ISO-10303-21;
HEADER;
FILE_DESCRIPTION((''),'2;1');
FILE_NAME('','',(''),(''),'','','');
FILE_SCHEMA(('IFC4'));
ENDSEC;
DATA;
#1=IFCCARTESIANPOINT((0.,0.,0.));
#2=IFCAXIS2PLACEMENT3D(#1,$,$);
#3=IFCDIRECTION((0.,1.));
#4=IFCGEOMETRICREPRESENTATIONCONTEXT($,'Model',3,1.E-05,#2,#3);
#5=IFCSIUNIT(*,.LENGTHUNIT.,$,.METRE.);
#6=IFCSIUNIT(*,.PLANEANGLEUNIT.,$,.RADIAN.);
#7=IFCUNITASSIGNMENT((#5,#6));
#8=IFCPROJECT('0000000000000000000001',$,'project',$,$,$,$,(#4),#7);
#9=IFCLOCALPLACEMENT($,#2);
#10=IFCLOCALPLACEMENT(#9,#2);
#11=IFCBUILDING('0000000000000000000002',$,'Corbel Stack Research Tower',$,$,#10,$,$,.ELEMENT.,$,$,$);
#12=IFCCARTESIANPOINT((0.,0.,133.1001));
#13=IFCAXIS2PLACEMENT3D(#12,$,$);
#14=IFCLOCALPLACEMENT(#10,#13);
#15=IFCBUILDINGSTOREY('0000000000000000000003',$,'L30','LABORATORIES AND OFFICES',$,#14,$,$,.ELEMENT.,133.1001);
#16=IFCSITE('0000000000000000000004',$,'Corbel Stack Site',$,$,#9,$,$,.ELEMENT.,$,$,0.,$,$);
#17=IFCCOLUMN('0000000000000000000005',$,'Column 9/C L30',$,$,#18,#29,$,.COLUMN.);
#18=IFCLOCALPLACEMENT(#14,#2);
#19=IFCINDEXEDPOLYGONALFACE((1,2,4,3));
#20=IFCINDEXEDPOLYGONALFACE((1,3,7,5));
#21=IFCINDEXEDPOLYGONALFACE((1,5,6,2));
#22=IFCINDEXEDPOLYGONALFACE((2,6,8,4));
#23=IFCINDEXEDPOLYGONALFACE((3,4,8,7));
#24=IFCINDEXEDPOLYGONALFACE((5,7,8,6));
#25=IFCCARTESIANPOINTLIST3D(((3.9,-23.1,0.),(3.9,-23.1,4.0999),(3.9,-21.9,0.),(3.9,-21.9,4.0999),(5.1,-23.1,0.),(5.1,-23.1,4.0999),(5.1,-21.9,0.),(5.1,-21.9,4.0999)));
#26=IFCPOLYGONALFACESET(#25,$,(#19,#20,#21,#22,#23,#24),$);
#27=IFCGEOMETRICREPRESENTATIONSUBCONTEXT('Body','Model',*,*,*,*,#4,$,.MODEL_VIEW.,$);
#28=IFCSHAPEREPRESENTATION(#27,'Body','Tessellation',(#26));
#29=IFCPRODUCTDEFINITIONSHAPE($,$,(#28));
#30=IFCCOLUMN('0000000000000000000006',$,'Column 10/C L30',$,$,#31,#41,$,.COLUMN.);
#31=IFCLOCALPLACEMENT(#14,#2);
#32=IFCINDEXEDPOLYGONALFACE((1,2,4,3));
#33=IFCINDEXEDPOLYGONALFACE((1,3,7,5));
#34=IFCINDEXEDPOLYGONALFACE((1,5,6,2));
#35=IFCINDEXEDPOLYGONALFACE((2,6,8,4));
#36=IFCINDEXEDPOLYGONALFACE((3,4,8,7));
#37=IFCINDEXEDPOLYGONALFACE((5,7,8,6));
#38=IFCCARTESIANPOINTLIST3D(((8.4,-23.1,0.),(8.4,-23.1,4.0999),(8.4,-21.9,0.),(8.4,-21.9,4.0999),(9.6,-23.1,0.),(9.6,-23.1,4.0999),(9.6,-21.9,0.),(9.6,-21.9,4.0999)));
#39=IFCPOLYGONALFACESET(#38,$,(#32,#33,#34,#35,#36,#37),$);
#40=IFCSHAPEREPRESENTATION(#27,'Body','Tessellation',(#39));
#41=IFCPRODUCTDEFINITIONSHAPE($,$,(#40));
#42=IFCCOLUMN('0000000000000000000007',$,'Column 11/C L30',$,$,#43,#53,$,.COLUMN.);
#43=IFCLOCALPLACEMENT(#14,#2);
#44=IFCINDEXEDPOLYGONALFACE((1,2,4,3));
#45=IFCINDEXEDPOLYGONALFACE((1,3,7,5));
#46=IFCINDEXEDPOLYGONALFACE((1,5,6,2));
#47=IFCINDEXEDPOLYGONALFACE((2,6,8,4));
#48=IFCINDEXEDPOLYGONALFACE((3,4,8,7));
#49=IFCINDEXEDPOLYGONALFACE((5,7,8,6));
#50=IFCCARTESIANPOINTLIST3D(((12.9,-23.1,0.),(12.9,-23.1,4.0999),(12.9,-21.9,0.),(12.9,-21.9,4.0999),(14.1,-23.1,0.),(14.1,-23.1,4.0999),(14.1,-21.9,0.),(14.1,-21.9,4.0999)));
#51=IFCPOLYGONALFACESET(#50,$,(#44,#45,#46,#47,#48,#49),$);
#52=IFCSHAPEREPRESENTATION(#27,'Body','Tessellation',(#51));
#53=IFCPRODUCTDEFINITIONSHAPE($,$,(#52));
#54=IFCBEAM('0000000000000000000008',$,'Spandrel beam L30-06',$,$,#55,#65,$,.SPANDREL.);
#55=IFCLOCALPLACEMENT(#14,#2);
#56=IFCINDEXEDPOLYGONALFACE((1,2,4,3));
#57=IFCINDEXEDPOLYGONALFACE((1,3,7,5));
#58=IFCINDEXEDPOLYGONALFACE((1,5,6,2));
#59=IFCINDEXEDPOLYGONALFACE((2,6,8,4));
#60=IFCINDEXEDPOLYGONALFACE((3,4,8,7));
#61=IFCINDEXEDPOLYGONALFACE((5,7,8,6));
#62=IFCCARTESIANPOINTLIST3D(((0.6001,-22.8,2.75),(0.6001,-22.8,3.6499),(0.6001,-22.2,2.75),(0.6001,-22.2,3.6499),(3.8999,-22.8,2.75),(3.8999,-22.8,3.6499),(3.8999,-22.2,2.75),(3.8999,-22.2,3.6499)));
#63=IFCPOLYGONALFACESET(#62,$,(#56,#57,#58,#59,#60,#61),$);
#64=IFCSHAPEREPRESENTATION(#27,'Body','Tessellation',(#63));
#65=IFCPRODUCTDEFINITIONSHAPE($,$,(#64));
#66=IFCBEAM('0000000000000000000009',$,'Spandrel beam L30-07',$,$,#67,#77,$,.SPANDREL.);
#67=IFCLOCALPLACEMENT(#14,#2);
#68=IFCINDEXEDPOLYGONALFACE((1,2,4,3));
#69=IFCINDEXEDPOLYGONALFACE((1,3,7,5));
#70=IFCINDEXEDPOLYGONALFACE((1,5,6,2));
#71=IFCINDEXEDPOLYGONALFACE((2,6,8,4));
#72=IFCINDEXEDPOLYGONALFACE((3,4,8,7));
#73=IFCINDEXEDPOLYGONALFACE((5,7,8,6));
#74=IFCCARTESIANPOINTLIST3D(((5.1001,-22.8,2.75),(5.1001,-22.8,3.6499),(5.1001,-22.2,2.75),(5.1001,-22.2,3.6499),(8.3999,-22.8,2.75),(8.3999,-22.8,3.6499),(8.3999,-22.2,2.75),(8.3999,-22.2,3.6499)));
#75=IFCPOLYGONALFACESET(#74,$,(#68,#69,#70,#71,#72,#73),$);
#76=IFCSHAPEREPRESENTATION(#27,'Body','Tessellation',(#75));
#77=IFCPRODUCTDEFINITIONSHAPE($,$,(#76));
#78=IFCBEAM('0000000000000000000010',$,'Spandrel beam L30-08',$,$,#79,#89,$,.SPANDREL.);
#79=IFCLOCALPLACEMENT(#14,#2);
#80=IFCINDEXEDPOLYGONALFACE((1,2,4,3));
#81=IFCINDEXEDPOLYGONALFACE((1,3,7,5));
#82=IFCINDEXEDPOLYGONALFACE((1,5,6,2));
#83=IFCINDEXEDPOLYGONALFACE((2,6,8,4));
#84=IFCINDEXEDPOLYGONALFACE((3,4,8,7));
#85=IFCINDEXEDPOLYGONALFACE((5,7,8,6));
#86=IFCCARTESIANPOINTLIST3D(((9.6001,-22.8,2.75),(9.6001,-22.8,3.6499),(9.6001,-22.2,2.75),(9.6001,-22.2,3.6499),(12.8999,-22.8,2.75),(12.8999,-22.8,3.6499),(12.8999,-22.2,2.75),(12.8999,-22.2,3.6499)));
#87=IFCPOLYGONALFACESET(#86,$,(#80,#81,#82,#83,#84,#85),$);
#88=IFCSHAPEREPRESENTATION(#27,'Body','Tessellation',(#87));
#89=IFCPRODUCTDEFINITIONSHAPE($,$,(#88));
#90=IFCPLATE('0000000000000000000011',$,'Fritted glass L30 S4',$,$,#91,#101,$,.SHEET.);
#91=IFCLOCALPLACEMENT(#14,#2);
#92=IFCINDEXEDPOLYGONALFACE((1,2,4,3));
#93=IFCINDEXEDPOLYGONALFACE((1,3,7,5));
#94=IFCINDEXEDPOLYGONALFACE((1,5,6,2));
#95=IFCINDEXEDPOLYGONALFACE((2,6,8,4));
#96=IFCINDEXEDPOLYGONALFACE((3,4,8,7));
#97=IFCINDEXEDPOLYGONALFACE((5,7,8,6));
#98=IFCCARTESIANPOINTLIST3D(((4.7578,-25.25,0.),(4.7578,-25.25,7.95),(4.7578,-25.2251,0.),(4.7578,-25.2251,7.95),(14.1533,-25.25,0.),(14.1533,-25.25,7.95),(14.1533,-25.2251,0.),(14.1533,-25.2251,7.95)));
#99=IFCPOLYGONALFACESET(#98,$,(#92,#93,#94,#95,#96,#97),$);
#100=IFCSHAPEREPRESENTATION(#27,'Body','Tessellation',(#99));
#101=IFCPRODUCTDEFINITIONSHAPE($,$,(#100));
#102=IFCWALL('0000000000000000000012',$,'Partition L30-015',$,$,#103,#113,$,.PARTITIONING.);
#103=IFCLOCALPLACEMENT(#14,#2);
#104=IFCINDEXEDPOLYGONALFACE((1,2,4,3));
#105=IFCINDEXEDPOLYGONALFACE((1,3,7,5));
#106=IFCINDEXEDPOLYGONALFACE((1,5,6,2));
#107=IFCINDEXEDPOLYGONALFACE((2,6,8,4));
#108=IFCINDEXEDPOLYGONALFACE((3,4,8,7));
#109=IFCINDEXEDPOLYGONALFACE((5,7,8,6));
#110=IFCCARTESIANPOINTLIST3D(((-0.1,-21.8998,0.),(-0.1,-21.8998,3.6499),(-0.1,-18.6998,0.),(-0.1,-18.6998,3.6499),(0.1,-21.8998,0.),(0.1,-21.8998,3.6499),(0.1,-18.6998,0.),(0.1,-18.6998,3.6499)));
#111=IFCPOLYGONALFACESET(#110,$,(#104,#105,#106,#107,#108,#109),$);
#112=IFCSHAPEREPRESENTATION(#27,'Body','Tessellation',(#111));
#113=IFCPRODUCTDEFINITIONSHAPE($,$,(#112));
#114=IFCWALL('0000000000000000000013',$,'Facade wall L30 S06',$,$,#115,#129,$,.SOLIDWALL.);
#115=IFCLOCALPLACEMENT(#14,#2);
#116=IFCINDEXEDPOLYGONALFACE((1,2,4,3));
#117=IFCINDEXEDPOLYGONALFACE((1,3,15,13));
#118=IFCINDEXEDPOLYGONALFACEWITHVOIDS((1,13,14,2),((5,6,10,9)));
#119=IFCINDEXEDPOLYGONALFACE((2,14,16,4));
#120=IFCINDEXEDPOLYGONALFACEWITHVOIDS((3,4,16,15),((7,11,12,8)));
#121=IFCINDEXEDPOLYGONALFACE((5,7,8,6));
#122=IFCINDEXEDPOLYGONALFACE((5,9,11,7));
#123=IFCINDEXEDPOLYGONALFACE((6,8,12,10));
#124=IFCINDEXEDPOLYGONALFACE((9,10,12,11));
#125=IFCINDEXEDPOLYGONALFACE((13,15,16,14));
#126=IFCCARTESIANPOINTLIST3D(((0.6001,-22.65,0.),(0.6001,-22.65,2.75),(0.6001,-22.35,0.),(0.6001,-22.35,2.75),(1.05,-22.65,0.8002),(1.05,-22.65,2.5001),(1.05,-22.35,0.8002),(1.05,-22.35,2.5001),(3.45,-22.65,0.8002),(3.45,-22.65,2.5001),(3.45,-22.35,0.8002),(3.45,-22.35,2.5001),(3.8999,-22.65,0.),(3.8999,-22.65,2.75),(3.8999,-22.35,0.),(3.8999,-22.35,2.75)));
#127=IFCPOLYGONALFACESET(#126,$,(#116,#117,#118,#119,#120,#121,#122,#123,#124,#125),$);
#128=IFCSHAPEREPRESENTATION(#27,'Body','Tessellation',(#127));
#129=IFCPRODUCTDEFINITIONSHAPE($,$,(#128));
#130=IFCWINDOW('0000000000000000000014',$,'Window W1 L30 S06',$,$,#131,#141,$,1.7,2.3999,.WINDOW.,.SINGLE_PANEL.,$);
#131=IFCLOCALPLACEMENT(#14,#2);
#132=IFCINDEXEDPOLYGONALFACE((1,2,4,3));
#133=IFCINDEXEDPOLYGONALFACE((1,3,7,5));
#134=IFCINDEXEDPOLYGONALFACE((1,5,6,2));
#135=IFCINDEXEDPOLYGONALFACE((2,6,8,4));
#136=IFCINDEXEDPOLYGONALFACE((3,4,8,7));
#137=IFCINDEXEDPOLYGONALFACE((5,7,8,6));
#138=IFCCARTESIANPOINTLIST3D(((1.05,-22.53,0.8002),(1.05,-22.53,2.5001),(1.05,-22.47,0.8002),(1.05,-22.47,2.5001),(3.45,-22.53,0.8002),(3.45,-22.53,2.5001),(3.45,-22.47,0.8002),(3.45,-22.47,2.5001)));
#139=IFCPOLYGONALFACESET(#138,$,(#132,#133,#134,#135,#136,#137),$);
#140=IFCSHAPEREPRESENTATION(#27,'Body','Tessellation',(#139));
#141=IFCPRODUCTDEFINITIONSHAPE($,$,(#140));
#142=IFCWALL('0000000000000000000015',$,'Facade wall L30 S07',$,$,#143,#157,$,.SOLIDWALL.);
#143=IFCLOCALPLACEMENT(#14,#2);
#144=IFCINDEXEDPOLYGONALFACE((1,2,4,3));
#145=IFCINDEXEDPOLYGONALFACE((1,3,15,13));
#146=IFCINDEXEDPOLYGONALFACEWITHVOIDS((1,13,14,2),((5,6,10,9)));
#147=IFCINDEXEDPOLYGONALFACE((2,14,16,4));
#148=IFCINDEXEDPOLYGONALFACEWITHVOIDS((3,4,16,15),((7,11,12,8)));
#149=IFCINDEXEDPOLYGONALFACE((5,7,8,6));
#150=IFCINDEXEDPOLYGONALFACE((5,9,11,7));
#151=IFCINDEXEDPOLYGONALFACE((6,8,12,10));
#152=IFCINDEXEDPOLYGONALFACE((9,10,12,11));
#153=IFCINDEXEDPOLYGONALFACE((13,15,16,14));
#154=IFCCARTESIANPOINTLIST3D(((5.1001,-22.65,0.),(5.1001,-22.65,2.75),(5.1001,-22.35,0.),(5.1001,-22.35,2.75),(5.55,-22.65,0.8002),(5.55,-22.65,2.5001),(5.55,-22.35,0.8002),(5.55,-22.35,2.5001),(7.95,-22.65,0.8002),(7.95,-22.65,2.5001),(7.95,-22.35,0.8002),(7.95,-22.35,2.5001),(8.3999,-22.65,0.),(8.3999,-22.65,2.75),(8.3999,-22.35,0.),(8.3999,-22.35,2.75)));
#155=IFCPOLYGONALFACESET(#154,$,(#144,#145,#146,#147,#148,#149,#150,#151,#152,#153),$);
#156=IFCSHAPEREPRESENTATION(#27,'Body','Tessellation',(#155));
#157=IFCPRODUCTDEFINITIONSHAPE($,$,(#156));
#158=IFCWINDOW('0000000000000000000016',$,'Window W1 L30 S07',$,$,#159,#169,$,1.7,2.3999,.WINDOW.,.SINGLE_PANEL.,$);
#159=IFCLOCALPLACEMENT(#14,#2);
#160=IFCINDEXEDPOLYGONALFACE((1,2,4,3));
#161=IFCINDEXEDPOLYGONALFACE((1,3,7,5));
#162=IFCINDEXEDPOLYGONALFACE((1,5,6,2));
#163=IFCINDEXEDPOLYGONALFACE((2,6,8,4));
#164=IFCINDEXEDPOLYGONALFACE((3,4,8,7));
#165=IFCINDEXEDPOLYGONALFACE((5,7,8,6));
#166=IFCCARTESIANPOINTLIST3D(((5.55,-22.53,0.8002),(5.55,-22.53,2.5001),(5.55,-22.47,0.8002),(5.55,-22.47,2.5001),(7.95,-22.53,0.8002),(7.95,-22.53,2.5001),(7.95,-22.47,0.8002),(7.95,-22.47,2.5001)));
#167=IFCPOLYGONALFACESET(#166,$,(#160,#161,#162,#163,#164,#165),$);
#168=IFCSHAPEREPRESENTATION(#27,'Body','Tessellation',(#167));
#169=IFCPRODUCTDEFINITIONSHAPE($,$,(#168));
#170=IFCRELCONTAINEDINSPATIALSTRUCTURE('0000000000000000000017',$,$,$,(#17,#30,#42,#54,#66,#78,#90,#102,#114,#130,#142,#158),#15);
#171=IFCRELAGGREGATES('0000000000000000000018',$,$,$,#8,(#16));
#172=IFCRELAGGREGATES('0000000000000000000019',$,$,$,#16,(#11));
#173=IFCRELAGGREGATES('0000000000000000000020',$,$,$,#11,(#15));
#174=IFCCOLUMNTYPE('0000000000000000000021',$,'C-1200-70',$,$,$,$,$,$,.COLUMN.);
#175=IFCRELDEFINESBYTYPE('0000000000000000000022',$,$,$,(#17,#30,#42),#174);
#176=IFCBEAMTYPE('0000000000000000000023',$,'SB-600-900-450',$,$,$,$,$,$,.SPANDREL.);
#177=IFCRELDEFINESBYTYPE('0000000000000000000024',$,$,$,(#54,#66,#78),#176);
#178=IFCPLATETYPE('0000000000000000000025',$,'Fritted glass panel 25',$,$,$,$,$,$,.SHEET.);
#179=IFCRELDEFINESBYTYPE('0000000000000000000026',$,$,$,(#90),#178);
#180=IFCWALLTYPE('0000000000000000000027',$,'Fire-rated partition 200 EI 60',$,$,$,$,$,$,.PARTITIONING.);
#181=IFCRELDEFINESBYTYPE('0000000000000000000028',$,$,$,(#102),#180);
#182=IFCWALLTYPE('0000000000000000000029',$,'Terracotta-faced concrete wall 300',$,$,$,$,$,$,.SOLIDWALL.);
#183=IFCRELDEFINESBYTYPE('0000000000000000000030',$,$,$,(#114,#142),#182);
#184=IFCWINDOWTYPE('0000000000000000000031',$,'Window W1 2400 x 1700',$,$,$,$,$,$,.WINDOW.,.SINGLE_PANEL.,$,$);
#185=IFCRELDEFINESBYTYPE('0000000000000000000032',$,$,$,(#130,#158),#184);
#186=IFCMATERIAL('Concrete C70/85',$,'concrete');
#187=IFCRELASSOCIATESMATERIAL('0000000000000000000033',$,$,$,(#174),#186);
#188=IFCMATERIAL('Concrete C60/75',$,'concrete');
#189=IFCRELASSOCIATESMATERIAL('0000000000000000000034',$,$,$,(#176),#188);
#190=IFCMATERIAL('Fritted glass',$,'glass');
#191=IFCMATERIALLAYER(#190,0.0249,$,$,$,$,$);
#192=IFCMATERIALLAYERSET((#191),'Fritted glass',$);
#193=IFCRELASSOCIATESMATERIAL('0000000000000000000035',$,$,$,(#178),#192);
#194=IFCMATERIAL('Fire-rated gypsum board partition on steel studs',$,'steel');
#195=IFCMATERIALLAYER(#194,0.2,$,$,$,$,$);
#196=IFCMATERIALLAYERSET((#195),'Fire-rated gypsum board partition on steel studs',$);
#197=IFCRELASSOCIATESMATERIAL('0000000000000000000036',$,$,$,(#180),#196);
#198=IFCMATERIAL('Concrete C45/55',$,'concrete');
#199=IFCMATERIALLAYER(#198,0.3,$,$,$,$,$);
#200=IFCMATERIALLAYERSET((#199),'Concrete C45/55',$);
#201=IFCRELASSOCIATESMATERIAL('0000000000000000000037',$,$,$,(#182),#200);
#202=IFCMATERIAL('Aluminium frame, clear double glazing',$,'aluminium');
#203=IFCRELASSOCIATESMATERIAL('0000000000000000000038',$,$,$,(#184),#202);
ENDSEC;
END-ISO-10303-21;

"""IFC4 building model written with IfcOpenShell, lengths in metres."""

from ifc_helpers import new_model, si_unit, direction, frame, frame_2d, origin, origin_2d, place, context, subcontext, project, spatial, rectangle, extrude, material, layer, layer_set, material_profile, profile_set, type_object, element, fill, save


model = new_model("IFC4")

# Units and contexts
model_context = context("Model", 3, precision=1e-05, world=origin(), true_north=direction((0.0, 1.0)))
body_context = subcontext(model_context, "Body", "Model", "MODEL_VIEW")
ifc_project = project(units=[si_unit("LENGTHUNIT", "METRE"), si_unit("PLANEANGLEUNIT", "RADIAN")], contexts=[model_context])

# Site, building, storey
site_placement = place(None, origin())
site = spatial("IfcSite", under=ifc_project, at=site_placement, Name="Corbel Stack Site", CompositionType="ELEMENT", RefElevation=0.0)
building_placement = place(site_placement, origin())
building = spatial("IfcBuilding", under=site, at=building_placement, Name="Corbel Stack Research Tower", CompositionType="ELEMENT")
storey_placement = place(building_placement, frame((0.0, 0.0, 133.1001)))
storey = spatial("IfcBuildingStorey", under=building, at=storey_placement, Name="L30", Description="LABORATORIES AND OFFICES", CompositionType="ELEMENT", Elevation=133.1001)

# Columns
ifc_material_1 = material(Name="Concrete C70/85", Category="concrete")
ifc_material_profile_1 = material_profile(ifc_material_1, rectangle(XDim=1.2, YDim=1.2, at=origin_2d()), Name="RC 1200 x 1200")
ifc_profile_set_1 = profile_set([ifc_material_profile_1], Name="Concrete C70/85")
column_type = type_object("IfcColumnType", Name="C-1200-70", PredefinedType="COLUMN", material=ifc_profile_set_1)
for number, where, z_axis, x_axis, name in (
    (1, (4.5, -22.5, 0.0), (0.0, 0.0, 1.0), (1.0, 0.0, 0.0), "Column 9/C L30"),
    (2, (9.0, -22.5, 0.0), (0.0, 0.0, 1.0), (1.0, 0.0, 0.0), "Column 10/C L30"),
    (3, (13.5, -22.5, 0.0), (0.0, 0.0, 1.0), (1.0, 0.0, 0.0), "Column 11/C L30"),
):
    element("IfcColumn", number, at=place(storey_placement, frame(where, z_axis=z_axis, x_axis=x_axis)), inside=storey, type_object=column_type, Name=name, PredefinedType="COLUMN", context=body_context, shape_type="SweptSolid", body=[
        extrude(rectangle(XDim=1.2, YDim=1.2, at=origin_2d()), origin(), (0.0, 0.0, 1.0), 4.0999),
    ])

# Beams
ifc_material_2 = material(Name="Concrete C60/75", Category="concrete")
ifc_material_profile_2 = material_profile(ifc_material_2, rectangle(XDim=0.6001, YDim=0.8999, at=origin_2d()), Name="RC 600 x 900")
ifc_profile_set_2 = profile_set([ifc_material_profile_2], Name="Concrete C60/75")
beam_type = type_object("IfcBeamType", Name="SB-600-900-450", PredefinedType="SPANDREL", material=ifc_profile_set_2)
for number, where, z_axis, x_axis, name in (
    (4, (0.6001, -22.5, 3.2), (1.0, 0.0, 0.0), (0.0, 1.0, 0.0), "Spandrel beam L30-06"),
    (5, (5.1001, -22.5, 3.2), (1.0, 0.0, 0.0), (0.0, 1.0, 0.0), "Spandrel beam L30-07"),
    (6, (9.6001, -22.5, 3.2), (1.0, 0.0, 0.0), (0.0, 1.0, 0.0), "Spandrel beam L30-08"),
):
    element("IfcBeam", number, at=place(storey_placement, frame(where, z_axis=z_axis, x_axis=x_axis)), inside=storey, type_object=beam_type, Name=name, PredefinedType="SPANDREL", context=body_context, shape_type="SweptSolid", body=[
        extrude(rectangle(XDim=0.6001, YDim=0.8999, at=origin_2d()), origin(), (0.0, 0.0, 1.0), 3.2998),
    ])

# Plate
ifc_material_3 = material(Name="Fritted glass", Category="glass")
ifc_layer_1 = layer(ifc_material_3, 0.0249)
ifc_layer_set_1 = layer_set([ifc_layer_1], Name="Fritted glass")
plate_type = type_object("IfcPlateType", Name="Fritted glass panel 25", PredefinedType="SHEET", material=ifc_layer_set_1)
plate_placement = place(storey_placement, frame((9.4556, -25.2375, 0.0), z_axis=(0.0, 0.0, 1.0), x_axis=(1.0, 0.0, 0.0)))
element("IfcPlate", 7, at=plate_placement, inside=storey, type_object=plate_type, Name="Fritted glass L30 S4", PredefinedType="SHEET", context=body_context, shape_type="SweptSolid", body=[
    extrude(rectangle(XDim=9.3955, YDim=0.0249, at=origin_2d()), origin(), (0.0, 0.0, 1.0), 7.95),
])

# Wall
ifc_material_4 = material(Name="Fire-rated gypsum board partition on steel studs", Category="steel")
ifc_layer_2 = layer(ifc_material_4, 0.2)
ifc_layer_set_2 = layer_set([ifc_layer_2], Name="Fire-rated gypsum board partition on steel studs")
wall_type_1 = type_object("IfcWallType", Name="Fire-rated partition 200 EI 60", PredefinedType="PARTITIONING", material=ifc_layer_set_2)
wall_1_placement = place(storey_placement, frame((0.0, -21.8999, 0.0), z_axis=(0.0, 0.0, 1.0), x_axis=(0.0, 1.0, 0.0)))
element("IfcWall", 8, at=wall_1_placement, inside=storey, type_object=wall_type_1, Name="Partition L30-015", PredefinedType="PARTITIONING", context=body_context, shape_type="SweptSolid", body=[
    extrude(rectangle(XDim=3.2, YDim=0.2, at=frame_2d((1.6001, 0.0))), origin(), (0.0, 0.0, 1.0), 3.6499),
])

# Walls, openings, windows
ifc_material_5 = material(Name="Concrete C45/55", Category="concrete")
ifc_layer_3 = layer(ifc_material_5, 0.3)
ifc_layer_set_3 = layer_set([ifc_layer_3], Name="Concrete C45/55")
wall_type_2 = type_object("IfcWallType", Name="Terracotta-faced concrete wall 300", PredefinedType="SOLIDWALL", material=ifc_layer_set_3)
wall_2_placement = place(storey_placement, frame((3.8999, -22.5, 0.0), z_axis=(0.0, 0.0, 1.0), x_axis=(-1.0, 0.0, 0.0)))
wall_2 = element("IfcWall", 9, at=wall_2_placement, inside=storey, type_object=wall_type_2, Name="Facade wall L30 S06", PredefinedType="SOLIDWALL", context=body_context, shape_type="SweptSolid", body=[
    extrude(rectangle(XDim=3.2998, YDim=0.3, at=frame_2d((1.6499, 0.0))), origin(), (0.0, 0.0, 1.0), 2.75),
])
opening_1_placement = place(wall_2_placement, frame((0.45, 0.0, 0.8)))
opening_1 = element("IfcOpeningElement", 10, at=opening_1_placement, cuts=wall_2, PredefinedType="OPENING", context=body_context, shape_type="SweptSolid", body=[
    extrude(rectangle(XDim=2.3999, YDim=1.7, at=frame_2d((1.2, 0.8501))), frame((0.0, 0.1599, 0.0), z_axis=(0.0, -1.0, 0.0), x_axis=(1.0, 0.0, 0.0)), (0.0, 0.0, 1.0), 0.3201),
])
ifc_material_6 = material(Name="Aluminium frame, clear double glazing", Category="aluminium")
window_type = type_object("IfcWindowType", Name="Window W1 2400 x 1700", PartitioningType="SINGLE_PANEL", PredefinedType="WINDOW", material=ifc_material_6)
window_1_placement = place(opening_1_placement, origin())
window_1 = element("IfcWindow", 11, at=window_1_placement, inside=storey, type_object=window_type, Name="Window W1 L30 S06", OverallHeight=1.7, OverallWidth=2.3999, PartitioningType="SINGLE_PANEL", PredefinedType="WINDOW", context=body_context, shape_type="SweptSolid", body=[
    extrude(rectangle(XDim=2.3999, YDim=1.7, at=frame_2d((1.2, 0.8501))), frame((0.0, 0.03, 0.0), z_axis=(0.0, -1.0, 0.0), x_axis=(1.0, 0.0, 0.0)), (0.0, 0.0, 1.0), 0.0601),
])
fill(opening_1, window_1)
wall_3_placement = place(storey_placement, frame((8.3999, -22.5, 0.0), z_axis=(0.0, 0.0, 1.0), x_axis=(-1.0, 0.0, 0.0)))
wall_3 = element("IfcWall", 12, at=wall_3_placement, inside=storey, type_object=wall_type_2, Name="Facade wall L30 S07", PredefinedType="SOLIDWALL", context=body_context, shape_type="SweptSolid", body=[
    extrude(rectangle(XDim=3.2998, YDim=0.3, at=frame_2d((1.6499, 0.0))), origin(), (0.0, 0.0, 1.0), 2.75),
])
opening_2_placement = place(wall_3_placement, frame((0.45, 0.0, 0.8)))
opening_2 = element("IfcOpeningElement", 13, at=opening_2_placement, cuts=wall_3, PredefinedType="OPENING", context=body_context, shape_type="SweptSolid", body=[
    extrude(rectangle(XDim=2.3999, YDim=1.7, at=frame_2d((1.2, 0.8501))), frame((0.0, 0.1599, 0.0), z_axis=(0.0, -1.0, 0.0), x_axis=(1.0, 0.0, 0.0)), (0.0, 0.0, 1.0), 0.3201),
])
window_2_placement = place(opening_2_placement, origin())
window_2 = element("IfcWindow", 14, at=window_2_placement, inside=storey, type_object=window_type, Name="Window W1 L30 S07", OverallHeight=1.7, OverallWidth=2.3999, PartitioningType="SINGLE_PANEL", PredefinedType="WINDOW", context=body_context, shape_type="SweptSolid", body=[
    extrude(rectangle(XDim=2.3999, YDim=1.7, at=frame_2d((1.2, 0.8501))), frame((0.0, 0.03, 0.0), z_axis=(0.0, -1.0, 0.0), x_axis=(1.0, 0.0, 0.0)), (0.0, 0.0, 1.0), 0.0601),
])
fill(opening_2, window_2)

save(model, "model.ifc")
